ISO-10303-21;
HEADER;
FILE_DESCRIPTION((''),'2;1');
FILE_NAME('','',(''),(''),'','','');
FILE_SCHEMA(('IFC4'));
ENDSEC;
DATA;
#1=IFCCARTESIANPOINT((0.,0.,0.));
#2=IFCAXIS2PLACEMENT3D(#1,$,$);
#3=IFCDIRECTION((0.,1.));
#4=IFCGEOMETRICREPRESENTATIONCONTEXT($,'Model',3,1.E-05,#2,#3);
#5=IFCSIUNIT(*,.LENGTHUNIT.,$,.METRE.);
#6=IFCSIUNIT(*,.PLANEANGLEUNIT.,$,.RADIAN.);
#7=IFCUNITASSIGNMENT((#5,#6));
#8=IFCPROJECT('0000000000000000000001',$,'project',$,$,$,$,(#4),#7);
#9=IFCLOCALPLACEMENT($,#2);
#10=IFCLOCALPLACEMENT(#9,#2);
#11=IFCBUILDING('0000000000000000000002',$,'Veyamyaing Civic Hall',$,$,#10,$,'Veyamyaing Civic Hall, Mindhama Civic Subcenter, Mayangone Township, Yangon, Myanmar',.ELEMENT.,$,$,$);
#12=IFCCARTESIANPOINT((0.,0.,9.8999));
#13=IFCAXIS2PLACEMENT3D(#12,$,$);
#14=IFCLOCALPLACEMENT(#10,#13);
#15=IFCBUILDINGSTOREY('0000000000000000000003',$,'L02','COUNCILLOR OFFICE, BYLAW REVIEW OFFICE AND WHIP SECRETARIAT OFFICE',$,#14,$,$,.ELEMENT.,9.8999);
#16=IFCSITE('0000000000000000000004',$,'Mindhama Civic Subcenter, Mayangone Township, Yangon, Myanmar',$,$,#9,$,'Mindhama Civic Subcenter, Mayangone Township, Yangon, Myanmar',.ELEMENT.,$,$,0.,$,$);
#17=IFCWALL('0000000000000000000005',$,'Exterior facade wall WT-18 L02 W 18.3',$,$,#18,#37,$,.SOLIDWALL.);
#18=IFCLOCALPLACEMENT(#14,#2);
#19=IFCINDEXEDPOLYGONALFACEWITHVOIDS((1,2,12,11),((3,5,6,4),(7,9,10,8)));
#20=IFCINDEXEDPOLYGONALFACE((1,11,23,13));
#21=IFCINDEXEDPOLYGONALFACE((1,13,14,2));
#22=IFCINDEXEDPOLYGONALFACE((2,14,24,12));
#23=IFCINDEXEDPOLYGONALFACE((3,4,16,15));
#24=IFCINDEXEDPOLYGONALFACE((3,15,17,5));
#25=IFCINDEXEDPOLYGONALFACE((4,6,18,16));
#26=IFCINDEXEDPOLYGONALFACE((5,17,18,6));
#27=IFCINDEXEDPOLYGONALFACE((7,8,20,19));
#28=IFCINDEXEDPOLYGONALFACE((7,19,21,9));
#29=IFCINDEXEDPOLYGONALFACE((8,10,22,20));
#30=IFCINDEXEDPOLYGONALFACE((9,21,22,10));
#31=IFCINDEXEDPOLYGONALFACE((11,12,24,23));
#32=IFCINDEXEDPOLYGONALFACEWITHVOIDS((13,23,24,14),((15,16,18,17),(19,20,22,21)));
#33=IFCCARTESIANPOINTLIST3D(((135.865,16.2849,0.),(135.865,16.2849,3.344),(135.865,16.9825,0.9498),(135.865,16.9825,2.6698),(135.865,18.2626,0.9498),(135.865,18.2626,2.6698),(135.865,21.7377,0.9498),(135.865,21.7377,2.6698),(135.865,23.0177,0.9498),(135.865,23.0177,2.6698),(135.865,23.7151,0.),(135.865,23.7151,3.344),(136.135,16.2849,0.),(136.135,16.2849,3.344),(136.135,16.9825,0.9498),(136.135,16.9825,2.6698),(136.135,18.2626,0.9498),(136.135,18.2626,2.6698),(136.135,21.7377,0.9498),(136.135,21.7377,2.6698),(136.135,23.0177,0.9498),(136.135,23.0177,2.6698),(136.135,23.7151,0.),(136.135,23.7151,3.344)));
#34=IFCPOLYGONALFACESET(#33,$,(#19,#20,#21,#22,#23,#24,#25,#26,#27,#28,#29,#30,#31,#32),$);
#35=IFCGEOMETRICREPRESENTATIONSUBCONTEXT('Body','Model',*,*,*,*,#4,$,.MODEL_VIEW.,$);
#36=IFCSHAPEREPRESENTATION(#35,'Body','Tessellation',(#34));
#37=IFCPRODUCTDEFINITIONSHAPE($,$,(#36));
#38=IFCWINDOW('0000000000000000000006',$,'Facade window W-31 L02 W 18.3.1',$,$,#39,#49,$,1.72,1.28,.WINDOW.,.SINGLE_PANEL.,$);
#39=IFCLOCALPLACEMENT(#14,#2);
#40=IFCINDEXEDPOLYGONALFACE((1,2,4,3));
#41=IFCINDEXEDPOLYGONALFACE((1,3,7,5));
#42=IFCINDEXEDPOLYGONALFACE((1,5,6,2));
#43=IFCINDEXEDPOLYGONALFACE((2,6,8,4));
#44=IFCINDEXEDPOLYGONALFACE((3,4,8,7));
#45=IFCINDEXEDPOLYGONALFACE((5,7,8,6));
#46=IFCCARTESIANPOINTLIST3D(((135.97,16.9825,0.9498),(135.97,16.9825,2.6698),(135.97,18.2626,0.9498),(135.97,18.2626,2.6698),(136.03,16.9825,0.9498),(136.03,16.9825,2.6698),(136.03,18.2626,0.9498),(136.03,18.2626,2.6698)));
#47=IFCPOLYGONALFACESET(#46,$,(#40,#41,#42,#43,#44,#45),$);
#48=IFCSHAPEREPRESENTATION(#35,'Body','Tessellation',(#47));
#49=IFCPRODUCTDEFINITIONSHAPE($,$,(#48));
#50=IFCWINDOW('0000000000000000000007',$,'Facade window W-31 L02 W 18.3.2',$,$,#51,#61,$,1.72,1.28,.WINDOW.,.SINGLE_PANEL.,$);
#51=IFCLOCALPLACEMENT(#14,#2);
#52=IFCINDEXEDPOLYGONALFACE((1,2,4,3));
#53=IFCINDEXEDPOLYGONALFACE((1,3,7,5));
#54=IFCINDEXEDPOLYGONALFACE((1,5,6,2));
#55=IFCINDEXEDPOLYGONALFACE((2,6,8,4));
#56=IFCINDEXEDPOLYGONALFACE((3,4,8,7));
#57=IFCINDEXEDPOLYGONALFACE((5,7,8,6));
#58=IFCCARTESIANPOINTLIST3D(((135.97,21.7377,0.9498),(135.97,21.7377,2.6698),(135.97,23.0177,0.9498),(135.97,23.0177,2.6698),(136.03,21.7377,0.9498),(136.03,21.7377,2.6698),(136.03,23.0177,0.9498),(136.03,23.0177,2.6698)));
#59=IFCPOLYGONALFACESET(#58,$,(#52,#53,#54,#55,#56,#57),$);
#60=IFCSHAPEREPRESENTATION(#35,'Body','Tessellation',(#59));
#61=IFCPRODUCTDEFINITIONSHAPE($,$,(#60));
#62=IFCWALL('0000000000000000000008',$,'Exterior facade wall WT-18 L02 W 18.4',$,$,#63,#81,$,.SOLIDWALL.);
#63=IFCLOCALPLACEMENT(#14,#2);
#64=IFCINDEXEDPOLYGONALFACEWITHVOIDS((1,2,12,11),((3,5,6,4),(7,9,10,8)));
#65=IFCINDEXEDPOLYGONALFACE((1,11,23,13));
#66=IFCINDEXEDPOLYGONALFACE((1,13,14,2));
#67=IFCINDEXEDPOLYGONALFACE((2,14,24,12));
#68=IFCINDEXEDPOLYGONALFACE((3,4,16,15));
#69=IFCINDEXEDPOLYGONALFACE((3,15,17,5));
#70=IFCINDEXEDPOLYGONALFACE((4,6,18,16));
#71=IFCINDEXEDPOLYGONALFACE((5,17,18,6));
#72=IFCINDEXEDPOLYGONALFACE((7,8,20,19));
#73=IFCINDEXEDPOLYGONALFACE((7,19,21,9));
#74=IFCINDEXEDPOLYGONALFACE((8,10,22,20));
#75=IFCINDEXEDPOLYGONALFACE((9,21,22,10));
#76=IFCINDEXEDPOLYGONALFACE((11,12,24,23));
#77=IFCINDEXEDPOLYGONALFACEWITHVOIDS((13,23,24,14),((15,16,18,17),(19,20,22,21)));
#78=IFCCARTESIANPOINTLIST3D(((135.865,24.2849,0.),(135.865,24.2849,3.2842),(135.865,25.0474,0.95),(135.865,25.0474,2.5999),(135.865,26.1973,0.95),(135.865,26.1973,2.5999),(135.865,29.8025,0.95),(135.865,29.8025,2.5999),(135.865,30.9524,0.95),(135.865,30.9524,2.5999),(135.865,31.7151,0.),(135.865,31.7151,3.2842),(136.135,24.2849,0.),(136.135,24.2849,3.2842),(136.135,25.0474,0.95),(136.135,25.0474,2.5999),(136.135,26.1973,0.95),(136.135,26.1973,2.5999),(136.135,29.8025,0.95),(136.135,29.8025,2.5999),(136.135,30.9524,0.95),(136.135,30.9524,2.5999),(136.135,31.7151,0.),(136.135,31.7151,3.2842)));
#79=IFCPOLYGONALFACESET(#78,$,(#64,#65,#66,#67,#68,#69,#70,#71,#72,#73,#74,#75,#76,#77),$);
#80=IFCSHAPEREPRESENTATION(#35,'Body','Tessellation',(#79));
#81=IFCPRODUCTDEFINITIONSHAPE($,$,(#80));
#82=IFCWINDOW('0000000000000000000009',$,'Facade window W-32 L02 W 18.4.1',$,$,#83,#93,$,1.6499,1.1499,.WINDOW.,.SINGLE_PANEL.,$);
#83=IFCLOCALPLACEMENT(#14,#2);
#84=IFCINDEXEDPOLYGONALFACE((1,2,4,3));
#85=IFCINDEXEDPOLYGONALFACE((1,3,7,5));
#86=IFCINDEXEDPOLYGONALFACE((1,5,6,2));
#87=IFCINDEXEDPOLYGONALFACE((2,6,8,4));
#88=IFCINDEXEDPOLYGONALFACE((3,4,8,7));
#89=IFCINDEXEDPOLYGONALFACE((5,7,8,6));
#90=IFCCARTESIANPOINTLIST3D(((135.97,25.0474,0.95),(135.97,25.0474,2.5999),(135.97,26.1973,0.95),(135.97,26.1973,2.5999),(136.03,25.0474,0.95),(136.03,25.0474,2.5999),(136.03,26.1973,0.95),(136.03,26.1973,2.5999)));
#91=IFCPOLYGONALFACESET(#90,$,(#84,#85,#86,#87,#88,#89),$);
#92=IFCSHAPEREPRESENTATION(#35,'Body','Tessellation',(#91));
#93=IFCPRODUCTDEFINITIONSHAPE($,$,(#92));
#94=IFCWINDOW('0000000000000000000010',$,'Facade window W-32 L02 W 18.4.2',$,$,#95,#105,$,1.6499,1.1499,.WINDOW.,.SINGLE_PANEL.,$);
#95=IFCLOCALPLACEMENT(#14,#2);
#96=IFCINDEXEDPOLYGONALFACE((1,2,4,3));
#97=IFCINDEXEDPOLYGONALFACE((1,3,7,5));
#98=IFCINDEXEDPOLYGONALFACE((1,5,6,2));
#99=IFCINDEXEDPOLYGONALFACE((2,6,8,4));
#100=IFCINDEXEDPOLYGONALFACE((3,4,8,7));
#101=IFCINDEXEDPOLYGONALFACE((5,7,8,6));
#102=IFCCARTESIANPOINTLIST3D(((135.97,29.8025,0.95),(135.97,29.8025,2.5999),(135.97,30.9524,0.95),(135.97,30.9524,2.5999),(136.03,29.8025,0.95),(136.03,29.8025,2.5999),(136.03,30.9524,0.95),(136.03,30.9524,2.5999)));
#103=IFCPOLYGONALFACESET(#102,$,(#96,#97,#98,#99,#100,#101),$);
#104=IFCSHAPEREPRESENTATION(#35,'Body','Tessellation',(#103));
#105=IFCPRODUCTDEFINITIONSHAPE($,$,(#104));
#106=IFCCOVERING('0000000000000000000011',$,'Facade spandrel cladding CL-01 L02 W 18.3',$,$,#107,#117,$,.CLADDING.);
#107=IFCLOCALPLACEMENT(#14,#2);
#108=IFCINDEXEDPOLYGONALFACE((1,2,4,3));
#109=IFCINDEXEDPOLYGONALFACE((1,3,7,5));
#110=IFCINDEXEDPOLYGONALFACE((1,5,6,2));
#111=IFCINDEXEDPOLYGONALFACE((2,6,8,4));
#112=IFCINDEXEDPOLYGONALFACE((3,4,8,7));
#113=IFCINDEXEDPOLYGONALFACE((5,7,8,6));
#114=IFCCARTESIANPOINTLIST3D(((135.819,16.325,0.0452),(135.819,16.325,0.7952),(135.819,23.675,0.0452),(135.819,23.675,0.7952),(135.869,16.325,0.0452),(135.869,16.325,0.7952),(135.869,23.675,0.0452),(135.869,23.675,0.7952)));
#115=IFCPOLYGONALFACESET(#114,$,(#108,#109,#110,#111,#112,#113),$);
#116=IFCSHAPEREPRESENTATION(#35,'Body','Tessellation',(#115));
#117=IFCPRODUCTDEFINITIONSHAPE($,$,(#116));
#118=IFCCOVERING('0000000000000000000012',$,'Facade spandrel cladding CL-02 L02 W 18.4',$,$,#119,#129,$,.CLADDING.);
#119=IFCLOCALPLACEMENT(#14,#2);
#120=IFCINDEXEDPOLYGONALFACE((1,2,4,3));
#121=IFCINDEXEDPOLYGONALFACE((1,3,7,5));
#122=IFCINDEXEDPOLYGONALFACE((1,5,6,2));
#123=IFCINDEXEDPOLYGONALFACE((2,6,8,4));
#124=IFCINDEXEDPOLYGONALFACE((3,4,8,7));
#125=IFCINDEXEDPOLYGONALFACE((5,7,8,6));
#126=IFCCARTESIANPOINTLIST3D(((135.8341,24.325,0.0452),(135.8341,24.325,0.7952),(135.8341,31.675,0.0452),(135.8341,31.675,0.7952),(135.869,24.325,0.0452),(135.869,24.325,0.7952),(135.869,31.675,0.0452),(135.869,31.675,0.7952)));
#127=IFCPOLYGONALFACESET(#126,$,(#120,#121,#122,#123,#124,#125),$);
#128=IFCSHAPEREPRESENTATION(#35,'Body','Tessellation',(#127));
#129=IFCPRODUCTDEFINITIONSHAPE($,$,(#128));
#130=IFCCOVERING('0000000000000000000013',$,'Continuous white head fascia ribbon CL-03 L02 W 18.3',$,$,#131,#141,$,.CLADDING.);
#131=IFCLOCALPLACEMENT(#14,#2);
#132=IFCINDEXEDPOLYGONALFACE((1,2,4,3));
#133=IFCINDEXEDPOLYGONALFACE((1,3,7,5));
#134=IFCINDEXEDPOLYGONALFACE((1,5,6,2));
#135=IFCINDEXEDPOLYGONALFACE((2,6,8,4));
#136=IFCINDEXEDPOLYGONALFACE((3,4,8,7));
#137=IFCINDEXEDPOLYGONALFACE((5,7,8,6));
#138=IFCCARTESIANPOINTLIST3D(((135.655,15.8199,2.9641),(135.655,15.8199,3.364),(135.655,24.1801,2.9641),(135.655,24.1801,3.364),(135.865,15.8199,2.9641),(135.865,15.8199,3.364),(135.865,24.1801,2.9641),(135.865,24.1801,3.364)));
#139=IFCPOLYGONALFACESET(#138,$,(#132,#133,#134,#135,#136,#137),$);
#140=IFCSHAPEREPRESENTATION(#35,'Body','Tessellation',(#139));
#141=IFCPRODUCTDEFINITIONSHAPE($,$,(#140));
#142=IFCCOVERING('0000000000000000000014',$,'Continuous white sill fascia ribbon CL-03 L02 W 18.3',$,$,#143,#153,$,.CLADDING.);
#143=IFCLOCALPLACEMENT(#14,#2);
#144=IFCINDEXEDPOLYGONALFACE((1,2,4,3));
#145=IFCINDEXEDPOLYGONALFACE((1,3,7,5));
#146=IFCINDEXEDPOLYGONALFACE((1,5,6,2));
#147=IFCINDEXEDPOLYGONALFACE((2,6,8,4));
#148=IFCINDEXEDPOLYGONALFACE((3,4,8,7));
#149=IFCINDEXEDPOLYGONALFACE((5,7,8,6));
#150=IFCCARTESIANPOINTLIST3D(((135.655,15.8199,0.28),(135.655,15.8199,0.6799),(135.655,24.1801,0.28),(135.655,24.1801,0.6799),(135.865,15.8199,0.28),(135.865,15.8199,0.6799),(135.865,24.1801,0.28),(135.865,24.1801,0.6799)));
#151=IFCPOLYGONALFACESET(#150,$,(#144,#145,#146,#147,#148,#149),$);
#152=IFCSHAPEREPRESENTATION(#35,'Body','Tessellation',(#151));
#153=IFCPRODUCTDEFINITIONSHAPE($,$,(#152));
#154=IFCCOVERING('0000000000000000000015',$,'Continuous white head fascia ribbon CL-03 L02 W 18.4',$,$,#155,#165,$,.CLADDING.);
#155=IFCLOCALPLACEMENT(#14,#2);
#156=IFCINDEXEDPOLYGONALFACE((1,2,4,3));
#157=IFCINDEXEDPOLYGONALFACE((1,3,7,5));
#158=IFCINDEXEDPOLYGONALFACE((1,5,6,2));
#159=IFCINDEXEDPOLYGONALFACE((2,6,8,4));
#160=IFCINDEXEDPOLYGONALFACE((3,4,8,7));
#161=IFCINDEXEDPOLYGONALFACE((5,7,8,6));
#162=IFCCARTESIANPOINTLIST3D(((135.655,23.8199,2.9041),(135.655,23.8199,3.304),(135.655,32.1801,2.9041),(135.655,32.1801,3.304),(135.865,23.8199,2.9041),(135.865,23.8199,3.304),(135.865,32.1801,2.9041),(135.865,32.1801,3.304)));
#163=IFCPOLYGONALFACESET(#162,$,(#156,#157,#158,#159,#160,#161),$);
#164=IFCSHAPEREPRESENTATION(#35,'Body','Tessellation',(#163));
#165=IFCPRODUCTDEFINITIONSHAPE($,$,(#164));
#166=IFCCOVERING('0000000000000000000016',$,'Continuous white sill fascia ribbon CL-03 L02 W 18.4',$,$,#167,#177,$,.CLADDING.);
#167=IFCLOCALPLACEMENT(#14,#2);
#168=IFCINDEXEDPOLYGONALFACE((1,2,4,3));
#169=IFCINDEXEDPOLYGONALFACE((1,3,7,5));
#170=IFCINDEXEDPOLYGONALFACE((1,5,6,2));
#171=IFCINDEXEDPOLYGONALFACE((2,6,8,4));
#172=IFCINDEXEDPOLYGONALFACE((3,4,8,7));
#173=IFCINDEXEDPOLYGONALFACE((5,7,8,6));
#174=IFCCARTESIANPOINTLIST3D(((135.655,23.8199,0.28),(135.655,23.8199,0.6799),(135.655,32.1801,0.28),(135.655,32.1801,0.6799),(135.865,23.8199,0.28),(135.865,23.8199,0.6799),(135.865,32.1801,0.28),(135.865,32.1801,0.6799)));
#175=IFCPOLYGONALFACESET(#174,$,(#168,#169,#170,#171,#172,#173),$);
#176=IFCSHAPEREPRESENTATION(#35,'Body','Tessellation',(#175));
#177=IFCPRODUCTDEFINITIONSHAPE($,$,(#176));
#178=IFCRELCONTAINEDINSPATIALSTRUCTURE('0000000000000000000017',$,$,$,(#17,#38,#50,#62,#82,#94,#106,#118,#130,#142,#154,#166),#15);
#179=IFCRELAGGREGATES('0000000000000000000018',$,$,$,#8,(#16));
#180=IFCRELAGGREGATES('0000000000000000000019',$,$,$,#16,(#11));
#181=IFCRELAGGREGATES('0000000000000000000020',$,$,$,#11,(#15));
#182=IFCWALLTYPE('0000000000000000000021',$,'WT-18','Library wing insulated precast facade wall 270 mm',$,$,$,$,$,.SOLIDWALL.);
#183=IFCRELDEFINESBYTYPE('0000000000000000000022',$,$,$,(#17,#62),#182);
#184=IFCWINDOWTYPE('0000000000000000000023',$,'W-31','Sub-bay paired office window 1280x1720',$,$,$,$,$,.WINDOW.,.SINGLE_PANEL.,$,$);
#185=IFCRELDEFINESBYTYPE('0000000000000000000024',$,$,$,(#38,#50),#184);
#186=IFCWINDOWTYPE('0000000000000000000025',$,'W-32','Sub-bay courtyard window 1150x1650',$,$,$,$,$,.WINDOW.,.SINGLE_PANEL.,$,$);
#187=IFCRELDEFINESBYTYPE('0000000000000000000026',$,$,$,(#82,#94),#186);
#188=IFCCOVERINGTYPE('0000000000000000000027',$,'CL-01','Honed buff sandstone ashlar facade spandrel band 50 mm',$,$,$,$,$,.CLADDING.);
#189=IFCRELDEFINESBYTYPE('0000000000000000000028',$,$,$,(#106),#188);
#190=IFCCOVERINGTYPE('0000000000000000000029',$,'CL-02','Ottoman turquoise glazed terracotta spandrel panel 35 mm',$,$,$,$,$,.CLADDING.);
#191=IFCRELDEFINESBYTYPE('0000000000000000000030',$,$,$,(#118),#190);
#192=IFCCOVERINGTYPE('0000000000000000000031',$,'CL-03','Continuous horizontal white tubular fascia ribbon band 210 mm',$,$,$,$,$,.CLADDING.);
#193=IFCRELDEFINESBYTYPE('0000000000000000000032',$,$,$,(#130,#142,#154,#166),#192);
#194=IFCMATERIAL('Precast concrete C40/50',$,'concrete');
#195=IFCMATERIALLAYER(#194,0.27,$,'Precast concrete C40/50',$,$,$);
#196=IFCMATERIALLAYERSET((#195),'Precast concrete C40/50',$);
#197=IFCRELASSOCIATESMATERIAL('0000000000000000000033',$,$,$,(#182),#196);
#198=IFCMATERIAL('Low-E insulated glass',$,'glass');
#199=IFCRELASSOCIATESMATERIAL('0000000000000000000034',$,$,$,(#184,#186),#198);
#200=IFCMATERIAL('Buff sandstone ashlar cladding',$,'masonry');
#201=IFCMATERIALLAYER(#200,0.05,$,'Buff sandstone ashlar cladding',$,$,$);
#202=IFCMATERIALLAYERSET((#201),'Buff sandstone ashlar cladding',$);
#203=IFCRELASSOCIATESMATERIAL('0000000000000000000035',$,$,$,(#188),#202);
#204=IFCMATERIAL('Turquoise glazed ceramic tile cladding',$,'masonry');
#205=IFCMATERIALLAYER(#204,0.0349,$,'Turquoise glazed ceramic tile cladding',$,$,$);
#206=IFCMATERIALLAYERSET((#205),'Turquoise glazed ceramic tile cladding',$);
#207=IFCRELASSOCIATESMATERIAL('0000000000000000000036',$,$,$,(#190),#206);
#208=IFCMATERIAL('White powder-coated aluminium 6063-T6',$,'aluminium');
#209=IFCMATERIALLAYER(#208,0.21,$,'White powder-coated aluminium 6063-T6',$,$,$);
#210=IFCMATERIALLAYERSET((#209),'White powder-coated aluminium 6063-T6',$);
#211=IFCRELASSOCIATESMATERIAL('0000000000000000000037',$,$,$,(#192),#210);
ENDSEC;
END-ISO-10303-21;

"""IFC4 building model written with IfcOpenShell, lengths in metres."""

from ifc_helpers import new_model, si_unit, direction, frame, frame_2d, origin, origin_2d, place, context, subcontext, project, spatial, rectangle, extrude, material, layer, layer_set, type_object, element, fill, save


model = new_model("IFC4")

# Units and contexts
model_context = context("Model", 3, precision=1e-05, world=origin(), true_north=direction((0.0, 1.0)))
body_context = subcontext(model_context, "Body", "Model", "MODEL_VIEW")
ifc_project = project(units=[si_unit("LENGTHUNIT", "METRE"), si_unit("PLANEANGLEUNIT", "RADIAN")], contexts=[model_context])

# Site, building, storey
site_placement = place(None, origin())
site = spatial("IfcSite", under=ifc_project, at=site_placement, Name="Mindhama Civic Subcenter, Mayangone Township, Yangon, Myanmar", LongName="Mindhama Civic Subcenter, Mayangone Township, Yangon, Myanmar", CompositionType="ELEMENT", RefElevation=0.0)
building_placement = place(site_placement, origin())
building = spatial("IfcBuilding", under=site, at=building_placement, Name="Veyamyaing Civic Hall", LongName="Veyamyaing Civic Hall, Mindhama Civic Subcenter, Mayangone Township, Yangon, Myanmar", CompositionType="ELEMENT")
storey_placement = place(building_placement, frame((0.0, 0.0, 9.8999)))
storey = spatial("IfcBuildingStorey", under=building, at=storey_placement, Name="L02", Description="COUNCILLOR OFFICE, BYLAW REVIEW OFFICE AND WHIP SECRETARIAT OFFICE", CompositionType="ELEMENT", Elevation=9.8999)

# Walls, openings, windows
ifc_material_1 = material(Name="Precast concrete C40/50", Category="concrete")
ifc_layer_1 = layer(ifc_material_1, 0.27, Name="Precast concrete C40/50")
ifc_layer_set_1 = layer_set([ifc_layer_1], Name="Precast concrete C40/50")
wall_type = type_object("IfcWallType", Name="WT-18", Description="Library wing insulated precast facade wall 270 mm", PredefinedType="SOLIDWALL", material=ifc_layer_set_1)
wall_1_placement = place(storey_placement, frame((136.0, 16.2849, 0.0), z_axis=(0.0, 0.0, 1.0), x_axis=(0.0, 1.0, 0.0)))
wall_1 = element("IfcWall", 1, at=wall_1_placement, inside=storey, type_object=wall_type, Name="Exterior facade wall WT-18 L02 W 18.3", PredefinedType="SOLIDWALL", context=body_context, shape_type="SweptSolid", body=[
    extrude(rectangle(XDim=7.4302, YDim=0.27, at=frame_2d((3.7151, 0.0))), origin(), (0.0, 0.0, 1.0), 3.344),
])
opening_1_placement = place(wall_1_placement, frame((0.6975, 0.0, 0.95)))
opening_1 = element("IfcOpeningElement", 2, at=opening_1_placement, cuts=wall_1, PredefinedType="OPENING", context=body_context, shape_type="SweptSolid", body=[
    extrude(rectangle(XDim=1.28, YDim=1.72, at=frame_2d((0.6401, 0.8599))), frame((0.0, 0.145, 0.0), z_axis=(0.0, -1.0, 0.0), x_axis=(1.0, 0.0, 0.0)), (0.0, 0.0, 1.0), 0.29),
])
opening_2_placement = place(wall_1_placement, frame((5.4526, 0.0, 0.95)))
opening_2 = element("IfcOpeningElement", 3, at=opening_2_placement, cuts=wall_1, PredefinedType="OPENING", context=body_context, shape_type="SweptSolid", body=[
    extrude(rectangle(XDim=1.28, YDim=1.72, at=frame_2d((0.6401, 0.8599))), frame((0.0, 0.145, 0.0), z_axis=(0.0, -1.0, 0.0), x_axis=(1.0, 0.0, 0.0)), (0.0, 0.0, 1.0), 0.29),
])
ifc_material_2 = material(Name="Low-E insulated glass", Category="glass")
window_type_1 = type_object("IfcWindowType", Name="W-31", Description="Sub-bay paired office window 1280x1720", PartitioningType="SINGLE_PANEL", PredefinedType="WINDOW", material=ifc_material_2)
window_1_placement = place(opening_1_placement, origin())
window_1 = element("IfcWindow", 4, at=window_1_placement, inside=storey, type_object=window_type_1, Name="Facade window W-31 L02 W 18.3.1", OverallHeight=1.72, OverallWidth=1.28, PartitioningType="SINGLE_PANEL", PredefinedType="WINDOW", context=body_context, shape_type="SweptSolid", body=[
    extrude(rectangle(XDim=1.28, YDim=1.72, at=frame_2d((0.6401, 0.8599))), frame((0.0, 0.03, 0.0), z_axis=(0.0, -1.0, 0.0), x_axis=(1.0, 0.0, 0.0)), (0.0, 0.0, 1.0), 0.0601),
])
fill(opening_1, window_1)
window_2_placement = place(opening_2_placement, origin())
window_2 = element("IfcWindow", 5, at=window_2_placement, inside=storey, type_object=window_type_1, Name="Facade window W-31 L02 W 18.3.2", OverallHeight=1.72, OverallWidth=1.28, PartitioningType="SINGLE_PANEL", PredefinedType="WINDOW", context=body_context, shape_type="SweptSolid", body=[
    extrude(rectangle(XDim=1.28, YDim=1.72, at=frame_2d((0.6401, 0.8599))), frame((0.0, 0.03, 0.0), z_axis=(0.0, -1.0, 0.0), x_axis=(1.0, 0.0, 0.0)), (0.0, 0.0, 1.0), 0.0601),
])
fill(opening_2, window_2)
wall_2_placement = place(storey_placement, frame((136.0, 24.2849, 0.0), z_axis=(0.0, 0.0, 1.0), x_axis=(0.0, 1.0, 0.0)))
wall_2 = element("IfcWall", 6, at=wall_2_placement, inside=storey, type_object=wall_type, Name="Exterior facade wall WT-18 L02 W 18.4", PredefinedType="SOLIDWALL", context=body_context, shape_type="SweptSolid", body=[
    extrude(rectangle(XDim=7.4302, YDim=0.27, at=frame_2d((3.7151, 0.0))), origin(), (0.0, 0.0, 1.0), 3.2842),
])
opening_3_placement = place(wall_2_placement, frame((0.7625, 0.0, 0.95)))
opening_3 = element("IfcOpeningElement", 7, at=opening_3_placement, cuts=wall_2, PredefinedType="OPENING", context=body_context, shape_type="SweptSolid", body=[
    extrude(rectangle(XDim=1.1499, YDim=1.6499, at=frame_2d((0.575, 0.825))), frame((0.0, 0.145, 0.0), z_axis=(0.0, -1.0, 0.0), x_axis=(1.0, 0.0, 0.0)), (0.0, 0.0, 1.0), 0.29),
])
opening_4_placement = place(wall_2_placement, frame((5.5176, 0.0, 0.95)))
opening_4 = element("IfcOpeningElement", 8, at=opening_4_placement, cuts=wall_2, PredefinedType="OPENING", context=body_context, shape_type="SweptSolid", body=[
    extrude(rectangle(XDim=1.1499, YDim=1.6499, at=frame_2d((0.575, 0.825))), frame((0.0, 0.145, 0.0), z_axis=(0.0, -1.0, 0.0), x_axis=(1.0, 0.0, 0.0)), (0.0, 0.0, 1.0), 0.29),
])
window_type_2 = type_object("IfcWindowType", Name="W-32", Description="Sub-bay courtyard window 1150x1650", PartitioningType="SINGLE_PANEL", PredefinedType="WINDOW", material=ifc_material_2)
window_3_placement = place(opening_3_placement, origin())
window_3 = element("IfcWindow", 9, at=window_3_placement, inside=storey, type_object=window_type_2, Name="Facade window W-32 L02 W 18.4.1", OverallHeight=1.6499, OverallWidth=1.1499, PartitioningType="SINGLE_PANEL", PredefinedType="WINDOW", context=body_context, shape_type="SweptSolid", body=[
    extrude(rectangle(XDim=1.1499, YDim=1.6499, at=frame_2d((0.575, 0.825))), frame((0.0, 0.03, 0.0), z_axis=(0.0, -1.0, 0.0), x_axis=(1.0, 0.0, 0.0)), (0.0, 0.0, 1.0), 0.0601),
])
fill(opening_3, window_3)
window_4_placement = place(opening_4_placement, origin())
window_4 = element("IfcWindow", 10, at=window_4_placement, inside=storey, type_object=window_type_2, Name="Facade window W-32 L02 W 18.4.2", OverallHeight=1.6499, OverallWidth=1.1499, PartitioningType="SINGLE_PANEL", PredefinedType="WINDOW", context=body_context, shape_type="SweptSolid", body=[
    extrude(rectangle(XDim=1.1499, YDim=1.6499, at=frame_2d((0.575, 0.825))), frame((0.0, 0.03, 0.0), z_axis=(0.0, -1.0, 0.0), x_axis=(1.0, 0.0, 0.0)), (0.0, 0.0, 1.0), 0.0601),
])
fill(opening_4, window_4)

# Coverings
ifc_material_3 = material(Name="Buff sandstone ashlar cladding", Category="masonry")
ifc_layer_2 = layer(ifc_material_3, 0.05, Name="Buff sandstone ashlar cladding")
ifc_layer_set_2 = layer_set([ifc_layer_2], Name="Buff sandstone ashlar cladding")
covering_type_1 = type_object("IfcCoveringType", Name="CL-01", Description="Honed buff sandstone ashlar facade spandrel band 50 mm", PredefinedType="CLADDING", material=ifc_layer_set_2)
covering_1_placement = place(storey_placement, frame((135.844, 20.0, 0.0452), z_axis=(0.0, 0.0, 1.0), x_axis=(0.0, 1.0, 0.0)))
element("IfcCovering", 11, at=covering_1_placement, inside=storey, type_object=covering_type_1, Name="Facade spandrel cladding CL-01 L02 W 18.3", PredefinedType="CLADDING", context=body_context, shape_type="SweptSolid", body=[
    extrude(rectangle(XDim=7.3501, YDim=0.05, at=origin_2d()), origin(), (0.0, 0.0, 1.0), 0.75),
])
ifc_material_4 = material(Name="Turquoise glazed ceramic tile cladding", Category="masonry")
ifc_layer_3 = layer(ifc_material_4, 0.0349, Name="Turquoise glazed ceramic tile cladding")
ifc_layer_set_3 = layer_set([ifc_layer_3], Name="Turquoise glazed ceramic tile cladding")
covering_type_2 = type_object("IfcCoveringType", Name="CL-02", Description="Ottoman turquoise glazed terracotta spandrel panel 35 mm", PredefinedType="CLADDING", material=ifc_layer_set_3)
covering_2_placement = place(storey_placement, frame((135.8516, 28.0, 0.0452), z_axis=(0.0, 0.0, 1.0), x_axis=(0.0, 1.0, 0.0)))
element("IfcCovering", 12, at=covering_2_placement, inside=storey, type_object=covering_type_2, Name="Facade spandrel cladding CL-02 L02 W 18.4", PredefinedType="CLADDING", context=body_context, shape_type="SweptSolid", body=[
    extrude(rectangle(XDim=7.3501, YDim=0.0349, at=origin_2d()), origin(), (0.0, 0.0, 1.0), 0.75),
])
ifc_material_5 = material(Name="White powder-coated aluminium 6063-T6", Category="aluminium")
ifc_layer_4 = layer(ifc_material_5, 0.21, Name="White powder-coated aluminium 6063-T6")
ifc_layer_set_4 = layer_set([ifc_layer_4], Name="White powder-coated aluminium 6063-T6")
covering_type_3 = type_object("IfcCoveringType", Name="CL-03", Description="Continuous horizontal white tubular fascia ribbon band 210 mm", PredefinedType="CLADDING", material=ifc_layer_set_4)
for number, where, z_axis, x_axis, name in (
    (13, (135.76, 20.0, 2.9641), (0.0, 0.0, 1.0), (0.0, 1.0, 0.0), "Continuous white head fascia ribbon CL-03 L02 W 18.3"),
    (14, (135.76, 20.0, 0.28), (0.0, 0.0, 1.0), (0.0, 1.0, 0.0), "Continuous white sill fascia ribbon CL-03 L02 W 18.3"),
    (15, (135.76, 28.0, 2.9041), (0.0, 0.0, 1.0), (0.0, 1.0, 0.0), "Continuous white head fascia ribbon CL-03 L02 W 18.4"),
    (16, (135.76, 28.0, 0.28), (0.0, 0.0, 1.0), (0.0, 1.0, 0.0), "Continuous white sill fascia ribbon CL-03 L02 W 18.4"),
):
    element("IfcCovering", number, at=place(storey_placement, frame(where, z_axis=z_axis, x_axis=x_axis)), inside=storey, type_object=covering_type_3, Name=name, PredefinedType="CLADDING", context=body_context, shape_type="SweptSolid", body=[
        extrude(rectangle(XDim=8.3601, YDim=0.21, at=origin_2d()), origin(), (0.0, 0.0, 1.0), 0.3999),
    ])

save(model, "model.ifc")
